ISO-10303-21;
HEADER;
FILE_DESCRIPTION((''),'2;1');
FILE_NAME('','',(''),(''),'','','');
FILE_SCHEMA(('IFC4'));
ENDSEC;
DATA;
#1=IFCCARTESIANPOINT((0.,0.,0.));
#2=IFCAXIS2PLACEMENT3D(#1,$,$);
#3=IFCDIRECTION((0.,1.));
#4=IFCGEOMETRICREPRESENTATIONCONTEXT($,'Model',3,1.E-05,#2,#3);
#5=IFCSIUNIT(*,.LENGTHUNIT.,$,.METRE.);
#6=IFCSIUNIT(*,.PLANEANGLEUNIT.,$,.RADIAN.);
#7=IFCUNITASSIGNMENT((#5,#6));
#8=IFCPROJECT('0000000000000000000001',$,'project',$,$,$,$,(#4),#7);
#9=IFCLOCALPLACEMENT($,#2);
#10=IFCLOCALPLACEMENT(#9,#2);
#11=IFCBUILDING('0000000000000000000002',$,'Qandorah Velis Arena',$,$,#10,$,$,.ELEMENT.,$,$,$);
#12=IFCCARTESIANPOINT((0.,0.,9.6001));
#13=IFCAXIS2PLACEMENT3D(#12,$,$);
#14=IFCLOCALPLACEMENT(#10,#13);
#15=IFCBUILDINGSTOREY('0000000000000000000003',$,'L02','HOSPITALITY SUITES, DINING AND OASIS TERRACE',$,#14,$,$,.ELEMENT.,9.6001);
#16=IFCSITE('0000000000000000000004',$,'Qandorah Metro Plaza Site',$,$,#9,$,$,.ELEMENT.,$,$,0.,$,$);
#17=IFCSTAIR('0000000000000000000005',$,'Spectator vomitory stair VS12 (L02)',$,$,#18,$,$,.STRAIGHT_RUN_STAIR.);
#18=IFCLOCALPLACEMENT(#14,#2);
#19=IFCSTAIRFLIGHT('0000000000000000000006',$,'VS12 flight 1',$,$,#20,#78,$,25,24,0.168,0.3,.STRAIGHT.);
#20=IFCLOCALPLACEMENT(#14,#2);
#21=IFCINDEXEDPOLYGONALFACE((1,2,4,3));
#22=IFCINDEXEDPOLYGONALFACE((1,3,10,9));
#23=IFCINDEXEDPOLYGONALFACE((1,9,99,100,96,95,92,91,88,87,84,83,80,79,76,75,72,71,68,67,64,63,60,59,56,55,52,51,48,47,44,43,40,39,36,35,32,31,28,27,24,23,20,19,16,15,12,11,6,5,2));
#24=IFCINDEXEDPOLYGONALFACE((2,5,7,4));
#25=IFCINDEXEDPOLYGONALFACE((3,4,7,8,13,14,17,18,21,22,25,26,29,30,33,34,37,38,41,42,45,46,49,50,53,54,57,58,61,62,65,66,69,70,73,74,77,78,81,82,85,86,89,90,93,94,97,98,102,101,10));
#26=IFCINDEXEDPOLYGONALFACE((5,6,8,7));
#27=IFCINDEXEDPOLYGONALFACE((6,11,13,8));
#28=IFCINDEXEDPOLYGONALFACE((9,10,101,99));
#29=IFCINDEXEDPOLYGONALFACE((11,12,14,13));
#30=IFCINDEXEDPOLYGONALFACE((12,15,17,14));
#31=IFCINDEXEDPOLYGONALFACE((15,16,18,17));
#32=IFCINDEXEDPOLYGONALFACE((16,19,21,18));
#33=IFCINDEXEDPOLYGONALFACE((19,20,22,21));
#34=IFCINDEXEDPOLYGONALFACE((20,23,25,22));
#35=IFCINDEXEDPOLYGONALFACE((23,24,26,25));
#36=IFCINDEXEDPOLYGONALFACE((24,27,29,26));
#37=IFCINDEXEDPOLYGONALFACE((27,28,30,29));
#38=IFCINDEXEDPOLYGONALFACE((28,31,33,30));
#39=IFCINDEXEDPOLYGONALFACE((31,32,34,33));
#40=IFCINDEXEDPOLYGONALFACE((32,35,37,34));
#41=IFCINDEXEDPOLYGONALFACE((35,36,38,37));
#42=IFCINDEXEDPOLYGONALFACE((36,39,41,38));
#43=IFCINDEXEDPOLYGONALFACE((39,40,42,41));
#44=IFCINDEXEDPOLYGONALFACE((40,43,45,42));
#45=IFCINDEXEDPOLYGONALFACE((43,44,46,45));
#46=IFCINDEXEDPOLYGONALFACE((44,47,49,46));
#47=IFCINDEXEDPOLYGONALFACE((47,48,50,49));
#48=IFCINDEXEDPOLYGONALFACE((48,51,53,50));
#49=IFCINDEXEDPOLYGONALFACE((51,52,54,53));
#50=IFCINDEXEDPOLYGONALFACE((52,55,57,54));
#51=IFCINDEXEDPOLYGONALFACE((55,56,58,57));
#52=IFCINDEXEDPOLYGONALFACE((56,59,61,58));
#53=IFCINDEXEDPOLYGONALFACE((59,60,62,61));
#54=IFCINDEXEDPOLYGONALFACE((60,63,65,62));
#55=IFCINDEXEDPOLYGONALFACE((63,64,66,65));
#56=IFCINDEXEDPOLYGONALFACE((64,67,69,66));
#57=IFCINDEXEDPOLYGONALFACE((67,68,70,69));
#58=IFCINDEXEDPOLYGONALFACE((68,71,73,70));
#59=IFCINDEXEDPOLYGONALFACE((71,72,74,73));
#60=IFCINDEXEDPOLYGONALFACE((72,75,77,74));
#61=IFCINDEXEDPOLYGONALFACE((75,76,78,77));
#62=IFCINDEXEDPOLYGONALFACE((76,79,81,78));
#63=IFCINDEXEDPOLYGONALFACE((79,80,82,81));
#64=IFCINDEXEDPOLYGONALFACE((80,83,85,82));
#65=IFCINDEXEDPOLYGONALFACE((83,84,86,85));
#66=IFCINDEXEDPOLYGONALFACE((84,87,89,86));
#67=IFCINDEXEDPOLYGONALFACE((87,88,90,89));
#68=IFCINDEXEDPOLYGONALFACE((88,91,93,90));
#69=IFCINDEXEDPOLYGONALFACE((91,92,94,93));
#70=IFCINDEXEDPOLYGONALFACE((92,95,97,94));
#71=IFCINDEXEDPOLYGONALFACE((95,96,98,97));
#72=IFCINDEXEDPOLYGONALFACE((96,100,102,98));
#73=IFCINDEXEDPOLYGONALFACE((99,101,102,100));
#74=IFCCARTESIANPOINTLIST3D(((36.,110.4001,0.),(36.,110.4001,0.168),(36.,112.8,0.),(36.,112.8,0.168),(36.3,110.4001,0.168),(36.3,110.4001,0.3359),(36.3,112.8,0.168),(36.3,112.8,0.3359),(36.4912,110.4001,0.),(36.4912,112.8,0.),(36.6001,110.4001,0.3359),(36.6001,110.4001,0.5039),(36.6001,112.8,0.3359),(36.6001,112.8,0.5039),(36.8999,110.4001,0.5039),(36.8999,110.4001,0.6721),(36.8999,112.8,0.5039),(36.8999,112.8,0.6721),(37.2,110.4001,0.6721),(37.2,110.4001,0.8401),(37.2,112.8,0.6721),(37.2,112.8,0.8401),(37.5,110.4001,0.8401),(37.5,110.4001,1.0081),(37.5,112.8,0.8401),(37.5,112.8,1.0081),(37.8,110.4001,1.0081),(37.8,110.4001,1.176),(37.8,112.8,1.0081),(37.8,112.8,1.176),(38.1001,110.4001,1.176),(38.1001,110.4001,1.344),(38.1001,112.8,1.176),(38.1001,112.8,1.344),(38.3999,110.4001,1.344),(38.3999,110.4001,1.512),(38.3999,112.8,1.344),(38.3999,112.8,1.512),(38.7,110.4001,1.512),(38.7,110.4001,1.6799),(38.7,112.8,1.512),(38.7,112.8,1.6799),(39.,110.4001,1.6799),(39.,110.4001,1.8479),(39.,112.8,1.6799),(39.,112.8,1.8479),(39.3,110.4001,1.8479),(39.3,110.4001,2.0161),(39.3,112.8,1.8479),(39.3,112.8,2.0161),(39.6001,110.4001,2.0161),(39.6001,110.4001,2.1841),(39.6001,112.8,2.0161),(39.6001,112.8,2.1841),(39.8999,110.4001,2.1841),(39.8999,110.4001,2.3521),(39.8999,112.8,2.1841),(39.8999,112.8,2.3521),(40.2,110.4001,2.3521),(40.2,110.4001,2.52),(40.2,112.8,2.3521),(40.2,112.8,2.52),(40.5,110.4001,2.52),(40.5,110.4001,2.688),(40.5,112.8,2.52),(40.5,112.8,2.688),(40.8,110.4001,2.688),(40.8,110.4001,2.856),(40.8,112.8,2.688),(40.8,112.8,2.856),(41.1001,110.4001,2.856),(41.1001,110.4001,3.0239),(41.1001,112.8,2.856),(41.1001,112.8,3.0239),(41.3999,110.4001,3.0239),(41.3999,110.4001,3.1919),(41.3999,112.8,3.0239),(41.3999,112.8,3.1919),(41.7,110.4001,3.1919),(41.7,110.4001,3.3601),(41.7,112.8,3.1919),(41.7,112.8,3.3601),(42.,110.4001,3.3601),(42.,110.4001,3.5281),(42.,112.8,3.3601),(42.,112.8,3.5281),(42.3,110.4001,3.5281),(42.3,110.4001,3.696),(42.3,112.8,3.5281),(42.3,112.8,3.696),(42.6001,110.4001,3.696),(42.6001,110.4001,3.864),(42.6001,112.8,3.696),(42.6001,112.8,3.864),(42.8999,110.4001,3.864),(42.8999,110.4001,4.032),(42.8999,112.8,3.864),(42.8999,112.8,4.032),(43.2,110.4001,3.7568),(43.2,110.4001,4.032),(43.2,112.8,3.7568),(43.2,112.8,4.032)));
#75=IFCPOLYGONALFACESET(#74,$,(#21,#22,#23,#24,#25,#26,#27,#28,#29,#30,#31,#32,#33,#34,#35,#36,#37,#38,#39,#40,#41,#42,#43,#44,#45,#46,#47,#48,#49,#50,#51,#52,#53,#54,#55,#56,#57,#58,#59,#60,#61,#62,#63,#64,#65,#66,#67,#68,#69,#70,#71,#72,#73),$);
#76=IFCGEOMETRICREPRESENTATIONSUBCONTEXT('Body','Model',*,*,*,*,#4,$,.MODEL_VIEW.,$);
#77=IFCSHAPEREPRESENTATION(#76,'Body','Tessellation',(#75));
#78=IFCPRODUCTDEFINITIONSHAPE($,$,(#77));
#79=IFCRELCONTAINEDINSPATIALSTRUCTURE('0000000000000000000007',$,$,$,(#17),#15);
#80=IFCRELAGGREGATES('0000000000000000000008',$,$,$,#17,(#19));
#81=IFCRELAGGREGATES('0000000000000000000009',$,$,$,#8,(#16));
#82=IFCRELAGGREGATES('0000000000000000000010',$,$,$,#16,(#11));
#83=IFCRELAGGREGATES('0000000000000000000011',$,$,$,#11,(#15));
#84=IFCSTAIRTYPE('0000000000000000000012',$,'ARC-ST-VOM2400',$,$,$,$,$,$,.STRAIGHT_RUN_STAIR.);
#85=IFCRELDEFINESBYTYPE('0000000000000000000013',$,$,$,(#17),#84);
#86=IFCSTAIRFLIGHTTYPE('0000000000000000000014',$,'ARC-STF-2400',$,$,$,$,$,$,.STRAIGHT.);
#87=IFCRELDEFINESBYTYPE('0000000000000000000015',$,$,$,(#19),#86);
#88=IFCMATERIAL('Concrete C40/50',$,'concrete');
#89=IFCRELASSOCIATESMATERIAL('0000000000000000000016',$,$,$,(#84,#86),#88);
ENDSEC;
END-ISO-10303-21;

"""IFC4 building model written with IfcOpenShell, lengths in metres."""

from ifc_helpers import new_model, si_unit, direction, frame, origin, place, context, subcontext, project, spatial, polyline, outline, extrude, material, type_object, element, aggregate, save


model = new_model("IFC4")

# Units and contexts
model_context = context("Model", 3, precision=1e-05, world=origin(), true_north=direction((0.0, 1.0)))
body_context = subcontext(model_context, "Body", "Model", "MODEL_VIEW")
ifc_project = project(units=[si_unit("LENGTHUNIT", "METRE"), si_unit("PLANEANGLEUNIT", "RADIAN")], contexts=[model_context])

# Site, building, storey
site_placement = place(None, origin())
site = spatial("IfcSite", under=ifc_project, at=site_placement, Name="Qandorah Metro Plaza Site", CompositionType="ELEMENT", RefElevation=0.0)
building_placement = place(site_placement, origin())
building = spatial("IfcBuilding", under=site, at=building_placement, Name="Qandorah Velis Arena", CompositionType="ELEMENT")
storey_placement = place(building_placement, frame((0.0, 0.0, 9.6001)))
storey = spatial("IfcBuildingStorey", under=building, at=storey_placement, Name="L02", Description="HOSPITALITY SUITES, DINING AND OASIS TERRACE", CompositionType="ELEMENT", Elevation=9.6001)

# Shared definitions
ifc_material_1 = material(Name="Concrete C40/50", Category="concrete")

# Stair, stair flight
stair_type = type_object("IfcStairType", Name="ARC-ST-VOM2400", PredefinedType="STRAIGHT_RUN_STAIR", material=ifc_material_1)
stair_placement = place(storey_placement, origin())
stair = element("IfcStair", 1, at=stair_placement, inside=storey, type_object=stair_type, Name="Spectator vomitory stair VS12 (L02)", PredefinedType="STRAIGHT_RUN_STAIR")
stair_flight_type = type_object("IfcStairFlightType", Name="ARC-STF-2400", PredefinedType="STRAIGHT", material=ifc_material_1)
stair_flight_placement = place(storey_placement, frame((36.0, 111.6001, 0.0), z_axis=(0.0, 0.0, 1.0), x_axis=(1.0, 0.0, 0.0)))
stair_flight = element("IfcStairFlight", 2, at=stair_flight_placement, type_object=stair_flight_type, Name="VS12 flight 1", NumberOfRisers=25, NumberOfTreads=24, PredefinedType="STRAIGHT", RiserHeight=0.168, TreadLength=0.3, context=body_context, shape_type="SweptSolid", body=[
    extrude(outline(polyline([(0.0, 0.0), (0.0, 0.168), (0.3, 0.168), (0.3, 0.3359), (0.6001, 0.3359), (0.6001, 0.5039), (0.8999, 0.5039), (0.8999, 0.6721), (1.2, 0.6721), (1.2, 0.8401), (1.5, 0.8401), (1.5, 1.0081), (1.8, 1.0081), (1.8, 1.176), (2.1001, 1.176), (2.1001, 1.344), (2.3999, 1.344), (2.3999, 1.512), (2.7, 1.512), (2.7, 1.6799), (3.0, 1.6799), (3.0, 1.8479), (3.3, 1.8479), (3.3, 2.0161), (3.6001, 2.0161), (3.6001, 2.1841), (3.8999, 2.1841), (3.8999, 2.3521), (4.2, 2.3521), (4.2, 2.52), (4.5, 2.52), (4.5, 2.688), (4.8, 2.688), (4.8, 2.856), (5.1001, 2.856), (5.1001, 3.0239), (5.3999, 3.0239), (5.3999, 3.1919), (5.7, 3.1919), (5.7, 3.3601), (6.0, 3.3601), (6.0, 3.5281), (6.3, 3.5281), (6.3, 3.696), (6.6001, 3.696), (6.6001, 3.864), (6.8999, 3.864), (6.8999, 4.032), (7.2, 4.032), (7.2, 4.2), (7.2, 3.7568), (0.4912, 0.0), (0.0, 0.0)])), frame((0.0, 1.2, 0.0), z_axis=(0.0, -1.0, 0.0), x_axis=(1.0, 0.0, 0.0)), (0.0, 0.0, 1.0), 2.3999),
])
aggregate(stair, [stair_flight])

save(model, "model.ifc")
